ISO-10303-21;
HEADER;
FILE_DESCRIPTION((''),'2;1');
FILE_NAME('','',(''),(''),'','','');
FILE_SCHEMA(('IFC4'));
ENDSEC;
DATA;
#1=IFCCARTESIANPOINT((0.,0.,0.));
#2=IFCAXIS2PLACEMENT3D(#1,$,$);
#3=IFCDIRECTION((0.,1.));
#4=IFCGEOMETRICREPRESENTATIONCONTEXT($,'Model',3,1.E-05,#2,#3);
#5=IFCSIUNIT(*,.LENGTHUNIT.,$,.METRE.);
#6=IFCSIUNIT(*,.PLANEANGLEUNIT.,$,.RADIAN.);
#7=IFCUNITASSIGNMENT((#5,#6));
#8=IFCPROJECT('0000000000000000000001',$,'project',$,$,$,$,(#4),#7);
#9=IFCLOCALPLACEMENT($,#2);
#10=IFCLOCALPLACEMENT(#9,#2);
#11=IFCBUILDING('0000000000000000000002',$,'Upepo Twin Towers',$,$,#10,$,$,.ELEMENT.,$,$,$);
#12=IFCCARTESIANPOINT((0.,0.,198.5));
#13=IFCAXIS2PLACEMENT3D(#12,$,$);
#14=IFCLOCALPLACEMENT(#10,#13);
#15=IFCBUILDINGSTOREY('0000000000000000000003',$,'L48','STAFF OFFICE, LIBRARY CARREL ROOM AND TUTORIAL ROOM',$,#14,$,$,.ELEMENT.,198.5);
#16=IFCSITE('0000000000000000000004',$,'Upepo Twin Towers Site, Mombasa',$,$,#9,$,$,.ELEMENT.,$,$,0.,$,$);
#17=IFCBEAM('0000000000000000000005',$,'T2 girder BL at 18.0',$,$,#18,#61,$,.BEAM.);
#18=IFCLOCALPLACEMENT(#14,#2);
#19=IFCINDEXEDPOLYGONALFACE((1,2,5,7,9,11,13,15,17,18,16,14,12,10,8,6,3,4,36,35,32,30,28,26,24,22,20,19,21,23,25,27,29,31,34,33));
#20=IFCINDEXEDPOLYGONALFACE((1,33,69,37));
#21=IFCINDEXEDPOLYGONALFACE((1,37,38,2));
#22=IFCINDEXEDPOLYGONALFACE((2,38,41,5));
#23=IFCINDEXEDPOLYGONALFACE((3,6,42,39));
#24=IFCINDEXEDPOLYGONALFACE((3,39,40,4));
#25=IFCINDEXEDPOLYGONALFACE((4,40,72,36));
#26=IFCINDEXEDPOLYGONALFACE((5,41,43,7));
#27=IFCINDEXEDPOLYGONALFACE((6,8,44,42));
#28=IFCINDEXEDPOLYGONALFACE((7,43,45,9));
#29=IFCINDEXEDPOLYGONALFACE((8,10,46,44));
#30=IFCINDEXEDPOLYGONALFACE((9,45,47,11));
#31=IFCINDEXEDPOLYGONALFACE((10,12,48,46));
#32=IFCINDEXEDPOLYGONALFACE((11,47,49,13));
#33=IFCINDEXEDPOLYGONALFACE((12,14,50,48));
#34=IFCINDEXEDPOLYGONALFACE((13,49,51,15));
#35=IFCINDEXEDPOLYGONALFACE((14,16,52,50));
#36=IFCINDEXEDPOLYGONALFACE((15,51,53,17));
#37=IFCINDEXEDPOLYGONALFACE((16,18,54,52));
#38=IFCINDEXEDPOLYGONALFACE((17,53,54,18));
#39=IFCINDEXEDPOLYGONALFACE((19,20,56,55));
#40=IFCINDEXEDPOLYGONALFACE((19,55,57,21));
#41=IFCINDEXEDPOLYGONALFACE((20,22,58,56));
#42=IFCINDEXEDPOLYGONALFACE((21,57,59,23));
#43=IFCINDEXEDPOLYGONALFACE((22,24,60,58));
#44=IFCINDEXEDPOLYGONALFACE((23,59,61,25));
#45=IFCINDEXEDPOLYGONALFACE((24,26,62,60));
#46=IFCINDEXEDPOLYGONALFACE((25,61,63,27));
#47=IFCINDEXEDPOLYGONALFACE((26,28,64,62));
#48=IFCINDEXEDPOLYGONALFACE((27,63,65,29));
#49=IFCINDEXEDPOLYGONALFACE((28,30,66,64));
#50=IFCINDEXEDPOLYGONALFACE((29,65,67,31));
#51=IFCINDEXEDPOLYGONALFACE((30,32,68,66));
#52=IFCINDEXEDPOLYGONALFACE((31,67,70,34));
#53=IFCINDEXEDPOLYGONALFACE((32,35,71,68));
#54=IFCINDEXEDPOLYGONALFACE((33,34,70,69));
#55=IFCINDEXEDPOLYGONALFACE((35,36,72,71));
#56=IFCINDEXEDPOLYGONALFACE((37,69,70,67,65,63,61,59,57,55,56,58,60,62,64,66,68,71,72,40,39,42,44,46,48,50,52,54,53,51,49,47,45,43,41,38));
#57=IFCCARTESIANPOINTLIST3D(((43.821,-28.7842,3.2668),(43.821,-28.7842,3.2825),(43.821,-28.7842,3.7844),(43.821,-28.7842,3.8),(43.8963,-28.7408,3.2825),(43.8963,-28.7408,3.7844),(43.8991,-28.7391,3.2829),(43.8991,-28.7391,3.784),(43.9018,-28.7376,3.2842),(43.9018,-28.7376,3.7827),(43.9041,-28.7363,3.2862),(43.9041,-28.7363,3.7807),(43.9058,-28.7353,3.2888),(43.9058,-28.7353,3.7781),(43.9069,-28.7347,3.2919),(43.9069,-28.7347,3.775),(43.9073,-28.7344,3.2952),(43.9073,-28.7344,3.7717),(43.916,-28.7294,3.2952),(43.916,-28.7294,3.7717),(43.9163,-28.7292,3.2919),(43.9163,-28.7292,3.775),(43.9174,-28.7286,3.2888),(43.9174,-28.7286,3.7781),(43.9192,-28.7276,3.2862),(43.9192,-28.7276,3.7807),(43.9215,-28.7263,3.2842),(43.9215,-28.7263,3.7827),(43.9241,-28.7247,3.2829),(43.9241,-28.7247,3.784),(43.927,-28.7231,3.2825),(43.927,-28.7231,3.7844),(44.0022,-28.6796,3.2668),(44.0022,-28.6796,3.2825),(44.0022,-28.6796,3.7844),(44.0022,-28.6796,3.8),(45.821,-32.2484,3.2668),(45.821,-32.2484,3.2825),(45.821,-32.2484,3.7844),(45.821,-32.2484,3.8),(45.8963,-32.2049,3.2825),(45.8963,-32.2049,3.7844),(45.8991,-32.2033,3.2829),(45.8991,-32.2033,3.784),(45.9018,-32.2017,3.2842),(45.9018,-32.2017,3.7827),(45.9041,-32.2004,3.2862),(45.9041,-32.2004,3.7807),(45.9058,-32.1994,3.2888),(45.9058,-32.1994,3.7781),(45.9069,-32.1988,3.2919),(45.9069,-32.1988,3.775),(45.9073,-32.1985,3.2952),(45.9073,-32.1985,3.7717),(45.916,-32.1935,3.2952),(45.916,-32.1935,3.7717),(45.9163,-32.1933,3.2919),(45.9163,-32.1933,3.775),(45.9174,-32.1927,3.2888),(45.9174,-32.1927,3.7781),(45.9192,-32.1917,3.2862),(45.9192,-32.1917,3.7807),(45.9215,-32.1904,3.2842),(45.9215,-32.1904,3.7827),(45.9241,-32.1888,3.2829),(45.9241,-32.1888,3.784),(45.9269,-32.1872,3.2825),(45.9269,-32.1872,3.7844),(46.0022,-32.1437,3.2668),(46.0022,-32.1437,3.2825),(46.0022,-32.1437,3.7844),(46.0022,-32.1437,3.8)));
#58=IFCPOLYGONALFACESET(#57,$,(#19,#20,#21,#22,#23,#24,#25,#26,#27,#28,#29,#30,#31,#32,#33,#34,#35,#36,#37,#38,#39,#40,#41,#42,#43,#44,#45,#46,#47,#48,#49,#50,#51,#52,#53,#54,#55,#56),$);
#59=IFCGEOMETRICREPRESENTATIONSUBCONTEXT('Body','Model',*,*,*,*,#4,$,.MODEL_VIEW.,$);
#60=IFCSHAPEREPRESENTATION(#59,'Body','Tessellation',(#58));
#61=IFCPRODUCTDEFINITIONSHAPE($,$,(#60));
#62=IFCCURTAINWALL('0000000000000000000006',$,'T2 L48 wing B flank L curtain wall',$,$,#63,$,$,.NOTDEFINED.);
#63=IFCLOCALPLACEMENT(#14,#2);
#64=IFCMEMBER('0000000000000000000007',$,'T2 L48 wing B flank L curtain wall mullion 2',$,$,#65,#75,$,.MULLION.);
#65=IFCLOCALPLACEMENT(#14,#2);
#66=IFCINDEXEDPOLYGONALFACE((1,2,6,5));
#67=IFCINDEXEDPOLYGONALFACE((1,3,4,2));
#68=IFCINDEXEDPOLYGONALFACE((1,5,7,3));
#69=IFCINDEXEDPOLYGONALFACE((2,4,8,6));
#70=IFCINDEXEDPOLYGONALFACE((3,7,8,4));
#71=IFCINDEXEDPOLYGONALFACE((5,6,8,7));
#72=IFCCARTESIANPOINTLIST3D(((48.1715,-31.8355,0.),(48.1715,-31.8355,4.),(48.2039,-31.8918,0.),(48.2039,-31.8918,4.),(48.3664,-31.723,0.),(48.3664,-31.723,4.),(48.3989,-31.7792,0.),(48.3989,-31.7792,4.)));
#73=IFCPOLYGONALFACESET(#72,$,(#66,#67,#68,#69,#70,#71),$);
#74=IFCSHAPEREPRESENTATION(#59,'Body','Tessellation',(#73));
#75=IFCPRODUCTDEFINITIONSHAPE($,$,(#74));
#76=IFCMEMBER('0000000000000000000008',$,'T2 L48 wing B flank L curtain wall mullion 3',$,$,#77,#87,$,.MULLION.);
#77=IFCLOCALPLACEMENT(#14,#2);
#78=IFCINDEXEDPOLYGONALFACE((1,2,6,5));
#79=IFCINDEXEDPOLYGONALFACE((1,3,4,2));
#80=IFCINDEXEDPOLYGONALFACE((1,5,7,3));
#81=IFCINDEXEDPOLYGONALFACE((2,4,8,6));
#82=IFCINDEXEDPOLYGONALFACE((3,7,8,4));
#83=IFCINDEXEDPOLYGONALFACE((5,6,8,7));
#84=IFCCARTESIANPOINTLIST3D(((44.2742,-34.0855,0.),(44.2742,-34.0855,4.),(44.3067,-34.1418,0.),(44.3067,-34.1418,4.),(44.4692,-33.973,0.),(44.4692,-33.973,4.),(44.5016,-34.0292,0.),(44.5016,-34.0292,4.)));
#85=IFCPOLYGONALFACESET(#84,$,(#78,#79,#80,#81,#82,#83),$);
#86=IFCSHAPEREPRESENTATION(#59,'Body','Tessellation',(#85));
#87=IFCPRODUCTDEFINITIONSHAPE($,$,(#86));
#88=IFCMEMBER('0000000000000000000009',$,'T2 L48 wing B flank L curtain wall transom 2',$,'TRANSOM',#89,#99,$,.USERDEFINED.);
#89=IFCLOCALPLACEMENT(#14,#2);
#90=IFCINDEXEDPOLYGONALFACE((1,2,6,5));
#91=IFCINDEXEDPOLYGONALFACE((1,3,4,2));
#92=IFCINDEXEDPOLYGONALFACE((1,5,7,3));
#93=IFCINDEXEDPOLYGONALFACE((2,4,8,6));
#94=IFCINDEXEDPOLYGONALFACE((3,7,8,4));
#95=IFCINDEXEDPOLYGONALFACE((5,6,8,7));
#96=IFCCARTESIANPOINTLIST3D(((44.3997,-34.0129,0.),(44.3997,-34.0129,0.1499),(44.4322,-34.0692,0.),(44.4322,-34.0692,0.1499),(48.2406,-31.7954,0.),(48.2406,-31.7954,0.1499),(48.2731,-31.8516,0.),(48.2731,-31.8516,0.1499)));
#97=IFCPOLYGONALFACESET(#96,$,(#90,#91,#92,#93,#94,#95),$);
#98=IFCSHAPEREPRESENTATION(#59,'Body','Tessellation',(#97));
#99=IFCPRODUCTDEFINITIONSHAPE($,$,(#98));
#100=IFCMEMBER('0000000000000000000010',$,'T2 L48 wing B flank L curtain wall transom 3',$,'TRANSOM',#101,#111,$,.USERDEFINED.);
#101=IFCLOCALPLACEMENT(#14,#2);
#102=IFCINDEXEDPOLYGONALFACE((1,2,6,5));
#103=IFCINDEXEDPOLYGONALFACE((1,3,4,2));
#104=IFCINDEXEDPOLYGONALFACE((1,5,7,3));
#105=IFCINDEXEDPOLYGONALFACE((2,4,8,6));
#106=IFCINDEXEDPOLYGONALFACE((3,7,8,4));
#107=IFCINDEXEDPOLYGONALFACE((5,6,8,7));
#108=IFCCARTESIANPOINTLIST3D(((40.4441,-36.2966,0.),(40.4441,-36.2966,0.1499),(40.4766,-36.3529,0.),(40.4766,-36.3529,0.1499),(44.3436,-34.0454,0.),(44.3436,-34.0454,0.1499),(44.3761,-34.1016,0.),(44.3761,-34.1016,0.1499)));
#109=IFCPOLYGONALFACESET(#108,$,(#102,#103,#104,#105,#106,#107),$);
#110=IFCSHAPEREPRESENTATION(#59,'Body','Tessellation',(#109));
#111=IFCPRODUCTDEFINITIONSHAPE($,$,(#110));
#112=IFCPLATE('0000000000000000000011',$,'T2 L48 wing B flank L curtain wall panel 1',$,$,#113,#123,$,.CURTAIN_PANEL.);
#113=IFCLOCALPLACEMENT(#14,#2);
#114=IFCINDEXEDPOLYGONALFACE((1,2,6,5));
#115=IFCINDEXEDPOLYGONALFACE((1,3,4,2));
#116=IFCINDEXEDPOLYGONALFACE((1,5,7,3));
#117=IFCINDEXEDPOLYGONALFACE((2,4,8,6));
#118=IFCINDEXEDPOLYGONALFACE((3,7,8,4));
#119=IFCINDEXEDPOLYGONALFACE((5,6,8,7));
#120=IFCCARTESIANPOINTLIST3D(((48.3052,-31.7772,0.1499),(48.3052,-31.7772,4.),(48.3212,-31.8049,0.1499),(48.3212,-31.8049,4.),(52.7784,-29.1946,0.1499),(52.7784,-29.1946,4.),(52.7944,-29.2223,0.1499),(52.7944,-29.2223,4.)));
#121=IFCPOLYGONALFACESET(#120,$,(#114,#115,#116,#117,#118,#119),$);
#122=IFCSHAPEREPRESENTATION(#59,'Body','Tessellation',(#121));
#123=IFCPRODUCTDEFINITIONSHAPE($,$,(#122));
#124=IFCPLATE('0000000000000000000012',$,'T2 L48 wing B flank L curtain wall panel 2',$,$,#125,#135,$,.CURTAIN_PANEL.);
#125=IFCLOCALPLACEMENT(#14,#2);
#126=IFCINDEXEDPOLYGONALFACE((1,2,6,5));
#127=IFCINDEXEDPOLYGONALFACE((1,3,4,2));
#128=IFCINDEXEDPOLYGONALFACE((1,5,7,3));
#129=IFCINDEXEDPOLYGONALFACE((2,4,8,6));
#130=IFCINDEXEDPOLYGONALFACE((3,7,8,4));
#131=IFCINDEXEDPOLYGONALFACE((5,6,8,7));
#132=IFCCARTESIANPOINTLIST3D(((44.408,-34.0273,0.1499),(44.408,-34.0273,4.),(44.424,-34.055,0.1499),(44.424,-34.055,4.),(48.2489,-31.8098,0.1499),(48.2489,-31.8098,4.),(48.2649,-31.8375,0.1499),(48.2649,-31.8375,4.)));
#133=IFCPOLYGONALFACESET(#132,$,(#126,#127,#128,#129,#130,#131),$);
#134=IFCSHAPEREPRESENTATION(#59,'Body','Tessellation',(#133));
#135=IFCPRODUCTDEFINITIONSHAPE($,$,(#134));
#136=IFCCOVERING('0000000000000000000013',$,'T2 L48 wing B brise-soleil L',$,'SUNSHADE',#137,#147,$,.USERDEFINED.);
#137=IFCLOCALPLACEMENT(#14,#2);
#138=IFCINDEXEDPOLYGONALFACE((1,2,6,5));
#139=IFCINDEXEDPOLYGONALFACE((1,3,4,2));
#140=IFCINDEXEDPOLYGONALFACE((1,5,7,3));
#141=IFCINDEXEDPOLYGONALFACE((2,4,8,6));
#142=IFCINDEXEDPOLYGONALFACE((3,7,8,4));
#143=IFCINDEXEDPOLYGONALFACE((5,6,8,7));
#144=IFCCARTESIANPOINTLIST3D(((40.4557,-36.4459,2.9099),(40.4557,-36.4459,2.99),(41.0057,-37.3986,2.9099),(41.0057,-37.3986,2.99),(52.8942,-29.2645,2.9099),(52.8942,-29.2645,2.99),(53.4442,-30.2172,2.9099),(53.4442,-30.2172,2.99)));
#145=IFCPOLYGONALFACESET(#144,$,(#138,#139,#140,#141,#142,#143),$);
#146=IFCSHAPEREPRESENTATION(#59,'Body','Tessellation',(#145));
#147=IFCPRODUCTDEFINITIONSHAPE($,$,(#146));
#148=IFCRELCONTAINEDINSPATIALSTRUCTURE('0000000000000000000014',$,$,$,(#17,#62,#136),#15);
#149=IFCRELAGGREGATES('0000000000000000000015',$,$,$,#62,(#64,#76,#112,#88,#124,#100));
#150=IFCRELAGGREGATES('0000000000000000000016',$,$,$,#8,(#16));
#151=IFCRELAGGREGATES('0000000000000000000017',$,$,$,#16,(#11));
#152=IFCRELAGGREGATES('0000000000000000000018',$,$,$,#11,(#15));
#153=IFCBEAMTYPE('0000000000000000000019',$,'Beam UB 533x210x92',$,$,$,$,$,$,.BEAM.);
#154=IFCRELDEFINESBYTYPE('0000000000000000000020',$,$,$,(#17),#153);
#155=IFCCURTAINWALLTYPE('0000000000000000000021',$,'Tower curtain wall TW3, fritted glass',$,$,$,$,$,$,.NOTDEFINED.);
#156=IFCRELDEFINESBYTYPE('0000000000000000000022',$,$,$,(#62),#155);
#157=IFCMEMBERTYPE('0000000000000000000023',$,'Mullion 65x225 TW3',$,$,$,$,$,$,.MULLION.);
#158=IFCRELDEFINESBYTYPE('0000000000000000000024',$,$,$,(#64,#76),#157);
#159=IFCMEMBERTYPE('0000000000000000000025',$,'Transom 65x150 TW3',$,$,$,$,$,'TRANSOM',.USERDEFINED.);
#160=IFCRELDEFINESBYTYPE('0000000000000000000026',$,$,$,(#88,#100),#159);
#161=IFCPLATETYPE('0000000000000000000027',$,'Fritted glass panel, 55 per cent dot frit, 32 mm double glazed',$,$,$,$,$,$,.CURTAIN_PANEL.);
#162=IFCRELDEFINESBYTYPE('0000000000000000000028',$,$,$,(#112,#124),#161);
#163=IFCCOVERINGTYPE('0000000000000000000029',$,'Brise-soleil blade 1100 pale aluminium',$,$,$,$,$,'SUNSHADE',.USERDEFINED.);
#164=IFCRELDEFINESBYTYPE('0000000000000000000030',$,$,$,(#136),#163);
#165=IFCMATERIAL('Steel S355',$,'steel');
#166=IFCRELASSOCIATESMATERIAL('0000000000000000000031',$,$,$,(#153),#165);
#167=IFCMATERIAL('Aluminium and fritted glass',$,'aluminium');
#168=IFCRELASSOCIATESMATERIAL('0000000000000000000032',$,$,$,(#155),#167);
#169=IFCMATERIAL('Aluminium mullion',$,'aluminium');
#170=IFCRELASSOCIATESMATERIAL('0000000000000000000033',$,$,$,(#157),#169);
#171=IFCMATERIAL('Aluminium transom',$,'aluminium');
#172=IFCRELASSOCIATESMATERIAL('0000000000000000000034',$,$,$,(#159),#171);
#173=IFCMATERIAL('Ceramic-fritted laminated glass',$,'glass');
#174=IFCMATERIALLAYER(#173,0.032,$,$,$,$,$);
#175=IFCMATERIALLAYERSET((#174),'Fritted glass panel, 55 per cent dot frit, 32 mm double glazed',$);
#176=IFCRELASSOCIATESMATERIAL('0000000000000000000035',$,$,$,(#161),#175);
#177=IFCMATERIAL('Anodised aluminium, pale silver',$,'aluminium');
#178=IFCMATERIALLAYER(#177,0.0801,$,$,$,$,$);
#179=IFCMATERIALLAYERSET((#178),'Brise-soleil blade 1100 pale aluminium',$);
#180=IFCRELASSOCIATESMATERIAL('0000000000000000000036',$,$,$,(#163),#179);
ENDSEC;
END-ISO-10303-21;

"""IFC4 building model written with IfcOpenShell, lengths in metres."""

from ifc_helpers import new_model, si_unit, direction, frame, origin, origin_2d, place, context, subcontext, project, spatial, rectangle, i_section, extrude, material, layer, layer_set, material_profile, profile_set, type_object, element, aggregate, save


model = new_model("IFC4")

# Units and contexts
model_context = context("Model", 3, precision=1e-05, world=origin(), true_north=direction((0.0, 1.0)))
body_context = subcontext(model_context, "Body", "Model", "MODEL_VIEW")
ifc_project = project(units=[si_unit("LENGTHUNIT", "METRE"), si_unit("PLANEANGLEUNIT", "RADIAN")], contexts=[model_context])

# Site, building, storey
site_placement = place(None, origin())
site = spatial("IfcSite", under=ifc_project, at=site_placement, Name="Upepo Twin Towers Site, Mombasa", CompositionType="ELEMENT", RefElevation=0.0)
building_placement = place(site_placement, origin())
building = spatial("IfcBuilding", under=site, at=building_placement, Name="Upepo Twin Towers", CompositionType="ELEMENT")
storey_placement = place(building_placement, frame((0.0, 0.0, 198.5)))
storey = spatial("IfcBuildingStorey", under=building, at=storey_placement, Name="L48", Description="STAFF OFFICE, LIBRARY CARREL ROOM AND TUTORIAL ROOM", CompositionType="ELEMENT", Elevation=198.5)

# Beam
ifc_material_1 = material(Name="Steel S355", Category="steel")
ifc_material_profile_1 = material_profile(ifc_material_1, i_section(OverallWidth=0.2092, OverallDepth=0.5332, WebThickness=0.01, FlangeThickness=0.0156, FilletRadius=0.0127, at=origin_2d()), Name="UB 533x210x92")
ifc_profile_set_1 = profile_set([ifc_material_profile_1], Name="Steel S355")
beam_type_1 = type_object("IfcBeamType", Name="Beam UB 533x210x92", PredefinedType="BEAM", material=ifc_profile_set_1)
for number, where, z_axis, x_axis, name in (
    (1, (45.9116, -32.196, 3.5334), (-0.499999, 0.866026, 0.0), (-0.866026, -0.499999, 0.0), "T2 girder BL at 18.0"),
):
    element("IfcBeam", number, at=place(storey_placement, frame(where, z_axis=z_axis, x_axis=x_axis)), inside=storey, type_object=beam_type_1, Name=name, PredefinedType="BEAM", context=body_context, shape_type="SweptSolid", body=[
        extrude(i_section(OverallWidth=0.2092, OverallDepth=0.5332, WebThickness=0.01, FlangeThickness=0.0156, FilletRadius=0.0127, at=origin_2d()), origin(), (0.0, 0.0, 1.0), 4.0),
    ])

# Curtain wall, members, plates
ifc_material_2 = material(Name="Aluminium and fritted glass", Category="aluminium")
curtain_wall_type = type_object("IfcCurtainWallType", Name="Tower curtain wall TW3, fritted glass", PredefinedType="NOTDEFINED", material=ifc_material_2)
curtain_wall_placement = place(storey_placement, origin())
curtain_wall = element("IfcCurtainWall", 2, at=curtain_wall_placement, inside=storey, type_object=curtain_wall_type, Name="T2 L48 wing B flank L curtain wall", PredefinedType="NOTDEFINED")
ifc_material_3 = material(Name="Aluminium mullion", Category="aluminium")
ifc_material_profile_2 = material_profile(ifc_material_3, rectangle(XDim=0.0649, YDim=0.2251, at=origin_2d()), Name="MULLION 65x225")
ifc_profile_set_2 = profile_set([ifc_material_profile_2], Name="Aluminium mullion")
member_type_1 = type_object("IfcMemberType", Name="Mullion 65x225 TW3", PredefinedType="MULLION", material=ifc_profile_set_2)
member_1_placement = place(storey_placement, frame((48.2852, -31.8074, 0.0), z_axis=(0.0, 0.0, 1.0), x_axis=(0.5, -0.866025, 0.0)))
member_1 = element("IfcMember", 3, at=member_1_placement, type_object=member_type_1, Name="T2 L48 wing B flank L curtain wall mullion 2", PredefinedType="MULLION", context=body_context, shape_type="SweptSolid", body=[
    extrude(rectangle(XDim=0.0649, YDim=0.2251, at=origin_2d()), origin(), (0.0, 0.0, 1.0), 4.0),
])
member_2_placement = place(storey_placement, frame((44.3879, -34.0574, 0.0), z_axis=(0.0, 0.0, 1.0), x_axis=(0.5, -0.866025, 0.0)))
member_2 = element("IfcMember", 4, at=member_2_placement, type_object=member_type_1, Name="T2 L48 wing B flank L curtain wall mullion 3", PredefinedType="MULLION", context=body_context, shape_type="SweptSolid", body=[
    extrude(rectangle(XDim=0.0649, YDim=0.2251, at=origin_2d()), origin(), (0.0, 0.0, 1.0), 4.0),
])
ifc_material_4 = material(Name="Aluminium transom", Category="aluminium")
ifc_material_profile_3 = material_profile(ifc_material_4, rectangle(XDim=0.0649, YDim=0.1499, at=origin_2d()), Name="TRANSOM 65x150")
ifc_profile_set_3 = profile_set([ifc_material_profile_3], Name="Aluminium transom")
member_type_2 = type_object("IfcMemberType", Name="Transom 65x150 TW3", ElementType="TRANSOM", PredefinedType="USERDEFINED", material=ifc_profile_set_3)
member_3_placement = place(storey_placement, frame((48.2568, -31.8235, 0.075), z_axis=(-0.866022, -0.500005, 0.0), x_axis=(0.500005, -0.866022, 0.0)))
member_3 = element("IfcMember", 5, at=member_3_placement, type_object=member_type_2, Name="T2 L48 wing B flank L curtain wall transom 2", ObjectType="TRANSOM", PredefinedType="USERDEFINED", context=body_context, shape_type="SweptSolid", body=[
    extrude(rectangle(XDim=0.0649, YDim=0.1499, at=origin_2d()), origin(), (0.0, 0.0, 1.0), 4.4351),
])
member_4_placement = place(storey_placement, frame((44.3599, -34.0735, 0.075), z_axis=(-0.866036, -0.499982, 0.0), x_axis=(0.499982, -0.866036, 0.0)))
member_4 = element("IfcMember", 6, at=member_4_placement, type_object=member_type_2, Name="T2 L48 wing B flank L curtain wall transom 3", ObjectType="TRANSOM", PredefinedType="USERDEFINED", context=body_context, shape_type="SweptSolid", body=[
    extrude(rectangle(XDim=0.0649, YDim=0.1499, at=origin_2d()), origin(), (0.0, 0.0, 1.0), 4.5027),
])
ifc_material_5 = material(Name="Ceramic-fritted laminated glass", Category="glass")
ifc_layer_1 = layer(ifc_material_5, 0.032)
ifc_layer_set_1 = layer_set([ifc_layer_1], Name="Fritted glass panel, 55 per cent dot frit, 32 mm double glazed")
plate_type = type_object("IfcPlateType", Name="Fritted glass panel, 55 per cent dot frit, 32 mm double glazed", PredefinedType="CURTAIN_PANEL", material=ifc_layer_set_1)
plate_1_placement = place(storey_placement, frame((50.5498, -30.4998, 0.1499), z_axis=(0.0, 0.0, 1.0), x_axis=(-0.866025, -0.5, 0.0)))
plate_1 = element("IfcPlate", 7, at=plate_1_placement, type_object=plate_type, Name="T2 L48 wing B flank L curtain wall panel 1", PredefinedType="CURTAIN_PANEL", context=body_context, shape_type="SweptSolid", body=[
    extrude(rectangle(XDim=5.1653, YDim=0.032, at=origin_2d()), origin(), (0.0, 0.0, 1.0), 3.8501),
])
plate_2_placement = place(storey_placement, frame((46.3364, -32.9324, 0.1499), z_axis=(0.0, 0.0, 1.0), x_axis=(-0.866025, -0.5, 0.0)))
plate_2 = element("IfcPlate", 8, at=plate_2_placement, type_object=plate_type, Name="T2 L48 wing B flank L curtain wall panel 2", PredefinedType="CURTAIN_PANEL", context=body_context, shape_type="SweptSolid", body=[
    extrude(rectangle(XDim=4.4351, YDim=0.032, at=origin_2d()), origin(), (0.0, 0.0, 1.0), 3.8501),
])
aggregate(curtain_wall, [member_1, member_2, plate_1, member_3, plate_2, member_4])

# Covering
ifc_material_6 = material(Name="Anodised aluminium, pale silver", Category="aluminium")
ifc_layer_2 = layer(ifc_material_6, 0.0801)
ifc_layer_set_2 = layer_set([ifc_layer_2], Name="Brise-soleil blade 1100 pale aluminium")
covering_type = type_object("IfcCoveringType", Name="Brise-soleil blade 1100 pale aluminium", ElementType="SUNSHADE", PredefinedType="USERDEFINED", material=ifc_layer_set_2)
covering_placement = place(storey_placement, frame((46.95, -33.3315, 2.9099), z_axis=(0.0, 0.0, 1.0), x_axis=(-0.866025, -0.5, 0.0)))
element("IfcCovering", 9, at=covering_placement, inside=storey, type_object=covering_type, Name="T2 L48 wing B brise-soleil L", ObjectType="SUNSHADE", PredefinedType="USERDEFINED", context=body_context, shape_type="SweptSolid", body=[
    extrude(rectangle(XDim=14.3628, YDim=1.1001, at=origin_2d()), origin(), (0.0, 0.0, 1.0), 0.0801),
])

save(model, "model.ifc")
